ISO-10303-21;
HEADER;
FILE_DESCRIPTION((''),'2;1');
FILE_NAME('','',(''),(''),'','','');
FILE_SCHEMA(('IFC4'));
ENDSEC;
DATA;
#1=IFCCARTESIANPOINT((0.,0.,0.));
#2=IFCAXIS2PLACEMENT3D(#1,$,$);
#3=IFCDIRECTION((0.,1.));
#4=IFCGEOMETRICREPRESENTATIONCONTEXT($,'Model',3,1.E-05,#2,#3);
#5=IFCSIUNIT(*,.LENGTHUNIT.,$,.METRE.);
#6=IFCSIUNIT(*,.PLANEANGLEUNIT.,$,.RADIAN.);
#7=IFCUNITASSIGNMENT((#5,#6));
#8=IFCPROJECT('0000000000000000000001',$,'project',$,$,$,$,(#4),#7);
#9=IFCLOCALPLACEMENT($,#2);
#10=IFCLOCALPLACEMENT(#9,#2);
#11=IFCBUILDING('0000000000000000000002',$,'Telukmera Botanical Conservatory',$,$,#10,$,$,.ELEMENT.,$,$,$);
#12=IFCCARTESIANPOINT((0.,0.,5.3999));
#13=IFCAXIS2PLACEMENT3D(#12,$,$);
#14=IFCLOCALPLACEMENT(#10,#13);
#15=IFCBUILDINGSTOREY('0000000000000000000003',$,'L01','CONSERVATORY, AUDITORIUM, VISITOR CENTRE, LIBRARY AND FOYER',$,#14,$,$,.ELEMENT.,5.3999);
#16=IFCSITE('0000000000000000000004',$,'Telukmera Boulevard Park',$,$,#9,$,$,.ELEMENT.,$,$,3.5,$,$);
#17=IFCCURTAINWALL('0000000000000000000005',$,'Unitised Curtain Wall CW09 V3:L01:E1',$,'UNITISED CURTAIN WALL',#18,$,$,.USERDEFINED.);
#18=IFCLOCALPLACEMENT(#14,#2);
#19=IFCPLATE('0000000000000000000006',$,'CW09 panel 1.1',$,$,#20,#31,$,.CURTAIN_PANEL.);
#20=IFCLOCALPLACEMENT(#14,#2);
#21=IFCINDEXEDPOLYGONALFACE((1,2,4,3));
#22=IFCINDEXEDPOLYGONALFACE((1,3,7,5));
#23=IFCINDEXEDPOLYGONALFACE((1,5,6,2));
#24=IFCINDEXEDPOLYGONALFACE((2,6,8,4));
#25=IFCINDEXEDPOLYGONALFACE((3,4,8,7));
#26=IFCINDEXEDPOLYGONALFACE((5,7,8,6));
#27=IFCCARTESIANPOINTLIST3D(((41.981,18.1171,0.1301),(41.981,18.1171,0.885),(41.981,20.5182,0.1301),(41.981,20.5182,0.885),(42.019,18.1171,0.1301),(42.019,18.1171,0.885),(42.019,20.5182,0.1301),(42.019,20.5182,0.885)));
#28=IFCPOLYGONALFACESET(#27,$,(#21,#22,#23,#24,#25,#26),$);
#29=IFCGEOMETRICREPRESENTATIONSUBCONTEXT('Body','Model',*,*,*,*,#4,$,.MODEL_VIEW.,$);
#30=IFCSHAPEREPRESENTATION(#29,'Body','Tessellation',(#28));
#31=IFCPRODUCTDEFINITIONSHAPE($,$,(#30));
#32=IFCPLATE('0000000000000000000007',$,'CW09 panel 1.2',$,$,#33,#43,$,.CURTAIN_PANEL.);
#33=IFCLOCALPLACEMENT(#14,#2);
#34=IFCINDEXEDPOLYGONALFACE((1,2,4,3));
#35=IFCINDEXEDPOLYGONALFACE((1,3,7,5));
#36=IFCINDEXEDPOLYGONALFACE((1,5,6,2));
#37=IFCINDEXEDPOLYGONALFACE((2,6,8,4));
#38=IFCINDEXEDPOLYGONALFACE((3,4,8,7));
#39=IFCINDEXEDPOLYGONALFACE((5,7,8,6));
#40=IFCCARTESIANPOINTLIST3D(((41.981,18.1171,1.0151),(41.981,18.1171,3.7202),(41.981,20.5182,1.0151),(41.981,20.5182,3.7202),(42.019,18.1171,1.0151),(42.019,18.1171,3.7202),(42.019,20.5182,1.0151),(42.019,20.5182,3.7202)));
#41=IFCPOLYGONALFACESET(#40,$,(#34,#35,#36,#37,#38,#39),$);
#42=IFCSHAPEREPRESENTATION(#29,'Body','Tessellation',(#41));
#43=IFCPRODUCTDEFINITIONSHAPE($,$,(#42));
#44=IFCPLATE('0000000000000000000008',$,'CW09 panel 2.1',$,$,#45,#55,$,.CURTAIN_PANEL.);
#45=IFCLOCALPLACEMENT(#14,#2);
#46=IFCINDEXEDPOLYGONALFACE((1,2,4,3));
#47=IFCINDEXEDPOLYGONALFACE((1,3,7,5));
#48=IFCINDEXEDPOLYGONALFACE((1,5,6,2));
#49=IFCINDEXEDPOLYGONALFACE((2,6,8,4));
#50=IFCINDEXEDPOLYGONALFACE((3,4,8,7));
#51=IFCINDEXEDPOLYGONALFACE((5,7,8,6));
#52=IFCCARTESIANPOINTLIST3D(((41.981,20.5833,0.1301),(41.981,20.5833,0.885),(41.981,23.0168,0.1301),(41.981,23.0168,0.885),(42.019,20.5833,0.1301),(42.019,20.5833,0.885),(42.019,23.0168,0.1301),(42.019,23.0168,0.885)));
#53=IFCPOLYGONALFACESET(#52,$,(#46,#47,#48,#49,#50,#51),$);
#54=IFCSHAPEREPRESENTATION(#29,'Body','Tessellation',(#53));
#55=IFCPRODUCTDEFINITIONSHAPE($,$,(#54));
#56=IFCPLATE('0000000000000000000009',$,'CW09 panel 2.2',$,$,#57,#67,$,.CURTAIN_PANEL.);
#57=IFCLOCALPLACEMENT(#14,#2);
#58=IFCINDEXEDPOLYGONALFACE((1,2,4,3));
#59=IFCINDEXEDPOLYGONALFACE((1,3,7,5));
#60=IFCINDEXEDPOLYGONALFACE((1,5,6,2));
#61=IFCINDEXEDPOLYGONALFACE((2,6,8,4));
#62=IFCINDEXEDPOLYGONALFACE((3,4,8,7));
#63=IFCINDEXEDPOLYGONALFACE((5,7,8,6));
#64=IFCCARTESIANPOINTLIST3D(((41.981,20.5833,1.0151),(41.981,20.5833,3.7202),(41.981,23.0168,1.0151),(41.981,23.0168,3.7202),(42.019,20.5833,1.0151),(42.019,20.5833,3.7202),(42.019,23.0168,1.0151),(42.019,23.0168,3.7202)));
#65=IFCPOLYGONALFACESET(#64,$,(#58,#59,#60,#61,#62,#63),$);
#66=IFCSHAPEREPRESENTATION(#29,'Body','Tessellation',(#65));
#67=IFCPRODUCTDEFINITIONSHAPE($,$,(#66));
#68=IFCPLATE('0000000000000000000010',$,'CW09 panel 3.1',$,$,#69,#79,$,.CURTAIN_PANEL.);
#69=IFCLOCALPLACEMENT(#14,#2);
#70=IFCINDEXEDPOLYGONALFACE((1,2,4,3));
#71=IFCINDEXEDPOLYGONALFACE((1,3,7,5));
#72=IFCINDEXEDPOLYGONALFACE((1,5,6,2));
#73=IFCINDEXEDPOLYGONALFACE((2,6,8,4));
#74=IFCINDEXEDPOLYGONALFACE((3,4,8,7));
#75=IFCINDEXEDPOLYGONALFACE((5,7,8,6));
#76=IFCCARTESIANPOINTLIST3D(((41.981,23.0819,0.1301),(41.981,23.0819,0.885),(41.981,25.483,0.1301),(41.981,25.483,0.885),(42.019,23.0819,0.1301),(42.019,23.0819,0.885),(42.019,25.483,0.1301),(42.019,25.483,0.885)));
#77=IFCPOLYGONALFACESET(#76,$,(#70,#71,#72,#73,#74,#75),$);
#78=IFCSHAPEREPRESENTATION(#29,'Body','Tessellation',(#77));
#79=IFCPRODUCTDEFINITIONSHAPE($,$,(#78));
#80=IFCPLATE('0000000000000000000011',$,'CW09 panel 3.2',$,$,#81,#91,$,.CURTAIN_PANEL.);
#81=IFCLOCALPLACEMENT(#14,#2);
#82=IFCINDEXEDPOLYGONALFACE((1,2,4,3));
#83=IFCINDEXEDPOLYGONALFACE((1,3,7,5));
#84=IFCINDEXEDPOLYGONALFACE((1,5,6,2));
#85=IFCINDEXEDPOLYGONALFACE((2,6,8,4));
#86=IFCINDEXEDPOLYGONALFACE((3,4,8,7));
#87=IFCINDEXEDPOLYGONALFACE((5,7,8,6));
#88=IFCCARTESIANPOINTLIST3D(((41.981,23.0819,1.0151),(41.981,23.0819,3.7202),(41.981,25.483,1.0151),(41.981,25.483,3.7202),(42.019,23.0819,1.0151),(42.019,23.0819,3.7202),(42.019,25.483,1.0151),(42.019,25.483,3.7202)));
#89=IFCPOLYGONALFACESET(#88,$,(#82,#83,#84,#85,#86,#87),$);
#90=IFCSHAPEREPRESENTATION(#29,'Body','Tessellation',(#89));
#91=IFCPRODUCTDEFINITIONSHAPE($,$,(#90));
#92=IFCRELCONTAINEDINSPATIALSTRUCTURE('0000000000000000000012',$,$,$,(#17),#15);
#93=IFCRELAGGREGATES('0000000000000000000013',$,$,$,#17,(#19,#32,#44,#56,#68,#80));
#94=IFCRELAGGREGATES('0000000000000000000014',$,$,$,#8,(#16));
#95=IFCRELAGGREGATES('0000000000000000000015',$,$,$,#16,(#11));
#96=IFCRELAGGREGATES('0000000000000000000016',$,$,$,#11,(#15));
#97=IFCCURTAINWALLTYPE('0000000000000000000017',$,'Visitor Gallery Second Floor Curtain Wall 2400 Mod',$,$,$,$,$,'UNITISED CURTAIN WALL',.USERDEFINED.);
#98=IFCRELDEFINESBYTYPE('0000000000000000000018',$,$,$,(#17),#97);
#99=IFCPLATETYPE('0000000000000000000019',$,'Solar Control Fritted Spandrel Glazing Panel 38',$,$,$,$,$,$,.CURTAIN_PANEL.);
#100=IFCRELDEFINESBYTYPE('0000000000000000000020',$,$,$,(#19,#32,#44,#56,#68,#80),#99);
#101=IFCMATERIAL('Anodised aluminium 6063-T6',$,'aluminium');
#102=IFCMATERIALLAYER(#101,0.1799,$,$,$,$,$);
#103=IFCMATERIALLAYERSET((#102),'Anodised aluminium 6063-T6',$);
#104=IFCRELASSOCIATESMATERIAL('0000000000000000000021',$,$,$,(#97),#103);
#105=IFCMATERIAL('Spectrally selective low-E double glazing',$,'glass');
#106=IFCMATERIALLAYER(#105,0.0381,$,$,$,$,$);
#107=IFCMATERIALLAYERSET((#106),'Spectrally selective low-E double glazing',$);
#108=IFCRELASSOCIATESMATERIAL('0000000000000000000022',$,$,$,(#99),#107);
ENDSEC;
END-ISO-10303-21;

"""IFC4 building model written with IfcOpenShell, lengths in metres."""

from ifc_helpers import new_model, si_unit, direction, frame, origin, origin_2d, place, context, subcontext, project, spatial, rectangle, extrude, material, layer, layer_set, type_object, element, aggregate, save


model = new_model("IFC4")

# Units and contexts
model_context = context("Model", 3, precision=1e-05, world=origin(), true_north=direction((0.0, 1.0)))
body_context = subcontext(model_context, "Body", "Model", "MODEL_VIEW")
ifc_project = project(units=[si_unit("LENGTHUNIT", "METRE"), si_unit("PLANEANGLEUNIT", "RADIAN")], contexts=[model_context])

# Site, building, storey
site_placement = place(None, origin())
site = spatial("IfcSite", under=ifc_project, at=site_placement, Name="Telukmera Boulevard Park", CompositionType="ELEMENT", RefElevation=3.5)
building_placement = place(site_placement, origin())
building = spatial("IfcBuilding", under=site, at=building_placement, Name="Telukmera Botanical Conservatory", CompositionType="ELEMENT")
storey_placement = place(building_placement, frame((0.0, 0.0, 5.3999)))
storey = spatial("IfcBuildingStorey", under=building, at=storey_placement, Name="L01", Description="CONSERVATORY, AUDITORIUM, VISITOR CENTRE, LIBRARY AND FOYER", CompositionType="ELEMENT", Elevation=5.3999)

# Curtain wall, plates
ifc_material_1 = material(Name="Anodised aluminium 6063-T6", Category="aluminium")
ifc_layer_1 = layer(ifc_material_1, 0.1799)
ifc_layer_set_1 = layer_set([ifc_layer_1], Name="Anodised aluminium 6063-T6")
curtain_wall_type = type_object("IfcCurtainWallType", Name="Visitor Gallery Second Floor Curtain Wall 2400 Mod", ElementType="UNITISED CURTAIN WALL", PredefinedType="USERDEFINED", material=ifc_layer_set_1)
curtain_wall_placement = place(storey_placement, origin())
curtain_wall = element("IfcCurtainWall", 1, at=curtain_wall_placement, inside=storey, type_object=curtain_wall_type, Name="Unitised Curtain Wall CW09 V3:L01:E1", ObjectType="UNITISED CURTAIN WALL", PredefinedType="USERDEFINED")
ifc_material_2 = material(Name="Spectrally selective low-E double glazing", Category="glass")
ifc_layer_2 = layer(ifc_material_2, 0.0381)
ifc_layer_set_2 = layer_set([ifc_layer_2], Name="Spectrally selective low-E double glazing")
plate_type = type_object("IfcPlateType", Name="Solar Control Fritted Spandrel Glazing Panel 38", PredefinedType="CURTAIN_PANEL", material=ifc_layer_set_2)
plate_1_placement = place(storey_placement, frame((42.0, 19.3176, 0.1301), z_axis=(0.0, 0.0, 1.0), x_axis=(0.0, 1.0, 0.0)))
plate_1 = element("IfcPlate", 2, at=plate_1_placement, type_object=plate_type, Name="CW09 panel 1.1", PredefinedType="CURTAIN_PANEL", context=body_context, shape_type="SweptSolid", body=[
    extrude(rectangle(XDim=2.4011, YDim=0.0381, at=origin_2d()), origin(), (0.0, 0.0, 1.0), 0.7549),
])
plate_2_placement = place(storey_placement, frame((42.0, 19.3176, 1.0151), z_axis=(0.0, 0.0, 1.0), x_axis=(0.0, 1.0, 0.0)))
plate_2 = element("IfcPlate", 3, at=plate_2_placement, type_object=plate_type, Name="CW09 panel 1.2", PredefinedType="CURTAIN_PANEL", context=body_context, shape_type="SweptSolid", body=[
    extrude(rectangle(XDim=2.4011, YDim=0.0381, at=origin_2d()), origin(), (0.0, 0.0, 1.0), 2.7051),
])
plate_3_placement = place(storey_placement, frame((42.0, 21.8, 0.1301), z_axis=(0.0, 0.0, 1.0), x_axis=(0.0, 1.0, 0.0)))
plate_3 = element("IfcPlate", 4, at=plate_3_placement, type_object=plate_type, Name="CW09 panel 2.1", PredefinedType="CURTAIN_PANEL", context=body_context, shape_type="SweptSolid", body=[
    extrude(rectangle(XDim=2.4336, YDim=0.0381, at=origin_2d()), origin(), (0.0, 0.0, 1.0), 0.7549),
])
plate_4_placement = place(storey_placement, frame((42.0, 21.8, 1.0151), z_axis=(0.0, 0.0, 1.0), x_axis=(0.0, 1.0, 0.0)))
plate_4 = element("IfcPlate", 5, at=plate_4_placement, type_object=plate_type, Name="CW09 panel 2.2", PredefinedType="CURTAIN_PANEL", context=body_context, shape_type="SweptSolid", body=[
    extrude(rectangle(XDim=2.4336, YDim=0.0381, at=origin_2d()), origin(), (0.0, 0.0, 1.0), 2.7051),
])
plate_5_placement = place(storey_placement, frame((42.0, 24.2825, 0.1301), z_axis=(0.0, 0.0, 1.0), x_axis=(0.0, 1.0, 0.0)))
plate_5 = element("IfcPlate", 6, at=plate_5_placement, type_object=plate_type, Name="CW09 panel 3.1", PredefinedType="CURTAIN_PANEL", context=body_context, shape_type="SweptSolid", body=[
    extrude(rectangle(XDim=2.4011, YDim=0.0381, at=origin_2d()), origin(), (0.0, 0.0, 1.0), 0.7549),
])
plate_6_placement = place(storey_placement, frame((42.0, 24.2825, 1.0151), z_axis=(0.0, 0.0, 1.0), x_axis=(0.0, 1.0, 0.0)))
plate_6 = element("IfcPlate", 7, at=plate_6_placement, type_object=plate_type, Name="CW09 panel 3.2", PredefinedType="CURTAIN_PANEL", context=body_context, shape_type="SweptSolid", body=[
    extrude(rectangle(XDim=2.4011, YDim=0.0381, at=origin_2d()), origin(), (0.0, 0.0, 1.0), 2.7051),
])
aggregate(curtain_wall, [plate_1, plate_2, plate_3, plate_4, plate_5, plate_6])

save(model, "model.ifc")
